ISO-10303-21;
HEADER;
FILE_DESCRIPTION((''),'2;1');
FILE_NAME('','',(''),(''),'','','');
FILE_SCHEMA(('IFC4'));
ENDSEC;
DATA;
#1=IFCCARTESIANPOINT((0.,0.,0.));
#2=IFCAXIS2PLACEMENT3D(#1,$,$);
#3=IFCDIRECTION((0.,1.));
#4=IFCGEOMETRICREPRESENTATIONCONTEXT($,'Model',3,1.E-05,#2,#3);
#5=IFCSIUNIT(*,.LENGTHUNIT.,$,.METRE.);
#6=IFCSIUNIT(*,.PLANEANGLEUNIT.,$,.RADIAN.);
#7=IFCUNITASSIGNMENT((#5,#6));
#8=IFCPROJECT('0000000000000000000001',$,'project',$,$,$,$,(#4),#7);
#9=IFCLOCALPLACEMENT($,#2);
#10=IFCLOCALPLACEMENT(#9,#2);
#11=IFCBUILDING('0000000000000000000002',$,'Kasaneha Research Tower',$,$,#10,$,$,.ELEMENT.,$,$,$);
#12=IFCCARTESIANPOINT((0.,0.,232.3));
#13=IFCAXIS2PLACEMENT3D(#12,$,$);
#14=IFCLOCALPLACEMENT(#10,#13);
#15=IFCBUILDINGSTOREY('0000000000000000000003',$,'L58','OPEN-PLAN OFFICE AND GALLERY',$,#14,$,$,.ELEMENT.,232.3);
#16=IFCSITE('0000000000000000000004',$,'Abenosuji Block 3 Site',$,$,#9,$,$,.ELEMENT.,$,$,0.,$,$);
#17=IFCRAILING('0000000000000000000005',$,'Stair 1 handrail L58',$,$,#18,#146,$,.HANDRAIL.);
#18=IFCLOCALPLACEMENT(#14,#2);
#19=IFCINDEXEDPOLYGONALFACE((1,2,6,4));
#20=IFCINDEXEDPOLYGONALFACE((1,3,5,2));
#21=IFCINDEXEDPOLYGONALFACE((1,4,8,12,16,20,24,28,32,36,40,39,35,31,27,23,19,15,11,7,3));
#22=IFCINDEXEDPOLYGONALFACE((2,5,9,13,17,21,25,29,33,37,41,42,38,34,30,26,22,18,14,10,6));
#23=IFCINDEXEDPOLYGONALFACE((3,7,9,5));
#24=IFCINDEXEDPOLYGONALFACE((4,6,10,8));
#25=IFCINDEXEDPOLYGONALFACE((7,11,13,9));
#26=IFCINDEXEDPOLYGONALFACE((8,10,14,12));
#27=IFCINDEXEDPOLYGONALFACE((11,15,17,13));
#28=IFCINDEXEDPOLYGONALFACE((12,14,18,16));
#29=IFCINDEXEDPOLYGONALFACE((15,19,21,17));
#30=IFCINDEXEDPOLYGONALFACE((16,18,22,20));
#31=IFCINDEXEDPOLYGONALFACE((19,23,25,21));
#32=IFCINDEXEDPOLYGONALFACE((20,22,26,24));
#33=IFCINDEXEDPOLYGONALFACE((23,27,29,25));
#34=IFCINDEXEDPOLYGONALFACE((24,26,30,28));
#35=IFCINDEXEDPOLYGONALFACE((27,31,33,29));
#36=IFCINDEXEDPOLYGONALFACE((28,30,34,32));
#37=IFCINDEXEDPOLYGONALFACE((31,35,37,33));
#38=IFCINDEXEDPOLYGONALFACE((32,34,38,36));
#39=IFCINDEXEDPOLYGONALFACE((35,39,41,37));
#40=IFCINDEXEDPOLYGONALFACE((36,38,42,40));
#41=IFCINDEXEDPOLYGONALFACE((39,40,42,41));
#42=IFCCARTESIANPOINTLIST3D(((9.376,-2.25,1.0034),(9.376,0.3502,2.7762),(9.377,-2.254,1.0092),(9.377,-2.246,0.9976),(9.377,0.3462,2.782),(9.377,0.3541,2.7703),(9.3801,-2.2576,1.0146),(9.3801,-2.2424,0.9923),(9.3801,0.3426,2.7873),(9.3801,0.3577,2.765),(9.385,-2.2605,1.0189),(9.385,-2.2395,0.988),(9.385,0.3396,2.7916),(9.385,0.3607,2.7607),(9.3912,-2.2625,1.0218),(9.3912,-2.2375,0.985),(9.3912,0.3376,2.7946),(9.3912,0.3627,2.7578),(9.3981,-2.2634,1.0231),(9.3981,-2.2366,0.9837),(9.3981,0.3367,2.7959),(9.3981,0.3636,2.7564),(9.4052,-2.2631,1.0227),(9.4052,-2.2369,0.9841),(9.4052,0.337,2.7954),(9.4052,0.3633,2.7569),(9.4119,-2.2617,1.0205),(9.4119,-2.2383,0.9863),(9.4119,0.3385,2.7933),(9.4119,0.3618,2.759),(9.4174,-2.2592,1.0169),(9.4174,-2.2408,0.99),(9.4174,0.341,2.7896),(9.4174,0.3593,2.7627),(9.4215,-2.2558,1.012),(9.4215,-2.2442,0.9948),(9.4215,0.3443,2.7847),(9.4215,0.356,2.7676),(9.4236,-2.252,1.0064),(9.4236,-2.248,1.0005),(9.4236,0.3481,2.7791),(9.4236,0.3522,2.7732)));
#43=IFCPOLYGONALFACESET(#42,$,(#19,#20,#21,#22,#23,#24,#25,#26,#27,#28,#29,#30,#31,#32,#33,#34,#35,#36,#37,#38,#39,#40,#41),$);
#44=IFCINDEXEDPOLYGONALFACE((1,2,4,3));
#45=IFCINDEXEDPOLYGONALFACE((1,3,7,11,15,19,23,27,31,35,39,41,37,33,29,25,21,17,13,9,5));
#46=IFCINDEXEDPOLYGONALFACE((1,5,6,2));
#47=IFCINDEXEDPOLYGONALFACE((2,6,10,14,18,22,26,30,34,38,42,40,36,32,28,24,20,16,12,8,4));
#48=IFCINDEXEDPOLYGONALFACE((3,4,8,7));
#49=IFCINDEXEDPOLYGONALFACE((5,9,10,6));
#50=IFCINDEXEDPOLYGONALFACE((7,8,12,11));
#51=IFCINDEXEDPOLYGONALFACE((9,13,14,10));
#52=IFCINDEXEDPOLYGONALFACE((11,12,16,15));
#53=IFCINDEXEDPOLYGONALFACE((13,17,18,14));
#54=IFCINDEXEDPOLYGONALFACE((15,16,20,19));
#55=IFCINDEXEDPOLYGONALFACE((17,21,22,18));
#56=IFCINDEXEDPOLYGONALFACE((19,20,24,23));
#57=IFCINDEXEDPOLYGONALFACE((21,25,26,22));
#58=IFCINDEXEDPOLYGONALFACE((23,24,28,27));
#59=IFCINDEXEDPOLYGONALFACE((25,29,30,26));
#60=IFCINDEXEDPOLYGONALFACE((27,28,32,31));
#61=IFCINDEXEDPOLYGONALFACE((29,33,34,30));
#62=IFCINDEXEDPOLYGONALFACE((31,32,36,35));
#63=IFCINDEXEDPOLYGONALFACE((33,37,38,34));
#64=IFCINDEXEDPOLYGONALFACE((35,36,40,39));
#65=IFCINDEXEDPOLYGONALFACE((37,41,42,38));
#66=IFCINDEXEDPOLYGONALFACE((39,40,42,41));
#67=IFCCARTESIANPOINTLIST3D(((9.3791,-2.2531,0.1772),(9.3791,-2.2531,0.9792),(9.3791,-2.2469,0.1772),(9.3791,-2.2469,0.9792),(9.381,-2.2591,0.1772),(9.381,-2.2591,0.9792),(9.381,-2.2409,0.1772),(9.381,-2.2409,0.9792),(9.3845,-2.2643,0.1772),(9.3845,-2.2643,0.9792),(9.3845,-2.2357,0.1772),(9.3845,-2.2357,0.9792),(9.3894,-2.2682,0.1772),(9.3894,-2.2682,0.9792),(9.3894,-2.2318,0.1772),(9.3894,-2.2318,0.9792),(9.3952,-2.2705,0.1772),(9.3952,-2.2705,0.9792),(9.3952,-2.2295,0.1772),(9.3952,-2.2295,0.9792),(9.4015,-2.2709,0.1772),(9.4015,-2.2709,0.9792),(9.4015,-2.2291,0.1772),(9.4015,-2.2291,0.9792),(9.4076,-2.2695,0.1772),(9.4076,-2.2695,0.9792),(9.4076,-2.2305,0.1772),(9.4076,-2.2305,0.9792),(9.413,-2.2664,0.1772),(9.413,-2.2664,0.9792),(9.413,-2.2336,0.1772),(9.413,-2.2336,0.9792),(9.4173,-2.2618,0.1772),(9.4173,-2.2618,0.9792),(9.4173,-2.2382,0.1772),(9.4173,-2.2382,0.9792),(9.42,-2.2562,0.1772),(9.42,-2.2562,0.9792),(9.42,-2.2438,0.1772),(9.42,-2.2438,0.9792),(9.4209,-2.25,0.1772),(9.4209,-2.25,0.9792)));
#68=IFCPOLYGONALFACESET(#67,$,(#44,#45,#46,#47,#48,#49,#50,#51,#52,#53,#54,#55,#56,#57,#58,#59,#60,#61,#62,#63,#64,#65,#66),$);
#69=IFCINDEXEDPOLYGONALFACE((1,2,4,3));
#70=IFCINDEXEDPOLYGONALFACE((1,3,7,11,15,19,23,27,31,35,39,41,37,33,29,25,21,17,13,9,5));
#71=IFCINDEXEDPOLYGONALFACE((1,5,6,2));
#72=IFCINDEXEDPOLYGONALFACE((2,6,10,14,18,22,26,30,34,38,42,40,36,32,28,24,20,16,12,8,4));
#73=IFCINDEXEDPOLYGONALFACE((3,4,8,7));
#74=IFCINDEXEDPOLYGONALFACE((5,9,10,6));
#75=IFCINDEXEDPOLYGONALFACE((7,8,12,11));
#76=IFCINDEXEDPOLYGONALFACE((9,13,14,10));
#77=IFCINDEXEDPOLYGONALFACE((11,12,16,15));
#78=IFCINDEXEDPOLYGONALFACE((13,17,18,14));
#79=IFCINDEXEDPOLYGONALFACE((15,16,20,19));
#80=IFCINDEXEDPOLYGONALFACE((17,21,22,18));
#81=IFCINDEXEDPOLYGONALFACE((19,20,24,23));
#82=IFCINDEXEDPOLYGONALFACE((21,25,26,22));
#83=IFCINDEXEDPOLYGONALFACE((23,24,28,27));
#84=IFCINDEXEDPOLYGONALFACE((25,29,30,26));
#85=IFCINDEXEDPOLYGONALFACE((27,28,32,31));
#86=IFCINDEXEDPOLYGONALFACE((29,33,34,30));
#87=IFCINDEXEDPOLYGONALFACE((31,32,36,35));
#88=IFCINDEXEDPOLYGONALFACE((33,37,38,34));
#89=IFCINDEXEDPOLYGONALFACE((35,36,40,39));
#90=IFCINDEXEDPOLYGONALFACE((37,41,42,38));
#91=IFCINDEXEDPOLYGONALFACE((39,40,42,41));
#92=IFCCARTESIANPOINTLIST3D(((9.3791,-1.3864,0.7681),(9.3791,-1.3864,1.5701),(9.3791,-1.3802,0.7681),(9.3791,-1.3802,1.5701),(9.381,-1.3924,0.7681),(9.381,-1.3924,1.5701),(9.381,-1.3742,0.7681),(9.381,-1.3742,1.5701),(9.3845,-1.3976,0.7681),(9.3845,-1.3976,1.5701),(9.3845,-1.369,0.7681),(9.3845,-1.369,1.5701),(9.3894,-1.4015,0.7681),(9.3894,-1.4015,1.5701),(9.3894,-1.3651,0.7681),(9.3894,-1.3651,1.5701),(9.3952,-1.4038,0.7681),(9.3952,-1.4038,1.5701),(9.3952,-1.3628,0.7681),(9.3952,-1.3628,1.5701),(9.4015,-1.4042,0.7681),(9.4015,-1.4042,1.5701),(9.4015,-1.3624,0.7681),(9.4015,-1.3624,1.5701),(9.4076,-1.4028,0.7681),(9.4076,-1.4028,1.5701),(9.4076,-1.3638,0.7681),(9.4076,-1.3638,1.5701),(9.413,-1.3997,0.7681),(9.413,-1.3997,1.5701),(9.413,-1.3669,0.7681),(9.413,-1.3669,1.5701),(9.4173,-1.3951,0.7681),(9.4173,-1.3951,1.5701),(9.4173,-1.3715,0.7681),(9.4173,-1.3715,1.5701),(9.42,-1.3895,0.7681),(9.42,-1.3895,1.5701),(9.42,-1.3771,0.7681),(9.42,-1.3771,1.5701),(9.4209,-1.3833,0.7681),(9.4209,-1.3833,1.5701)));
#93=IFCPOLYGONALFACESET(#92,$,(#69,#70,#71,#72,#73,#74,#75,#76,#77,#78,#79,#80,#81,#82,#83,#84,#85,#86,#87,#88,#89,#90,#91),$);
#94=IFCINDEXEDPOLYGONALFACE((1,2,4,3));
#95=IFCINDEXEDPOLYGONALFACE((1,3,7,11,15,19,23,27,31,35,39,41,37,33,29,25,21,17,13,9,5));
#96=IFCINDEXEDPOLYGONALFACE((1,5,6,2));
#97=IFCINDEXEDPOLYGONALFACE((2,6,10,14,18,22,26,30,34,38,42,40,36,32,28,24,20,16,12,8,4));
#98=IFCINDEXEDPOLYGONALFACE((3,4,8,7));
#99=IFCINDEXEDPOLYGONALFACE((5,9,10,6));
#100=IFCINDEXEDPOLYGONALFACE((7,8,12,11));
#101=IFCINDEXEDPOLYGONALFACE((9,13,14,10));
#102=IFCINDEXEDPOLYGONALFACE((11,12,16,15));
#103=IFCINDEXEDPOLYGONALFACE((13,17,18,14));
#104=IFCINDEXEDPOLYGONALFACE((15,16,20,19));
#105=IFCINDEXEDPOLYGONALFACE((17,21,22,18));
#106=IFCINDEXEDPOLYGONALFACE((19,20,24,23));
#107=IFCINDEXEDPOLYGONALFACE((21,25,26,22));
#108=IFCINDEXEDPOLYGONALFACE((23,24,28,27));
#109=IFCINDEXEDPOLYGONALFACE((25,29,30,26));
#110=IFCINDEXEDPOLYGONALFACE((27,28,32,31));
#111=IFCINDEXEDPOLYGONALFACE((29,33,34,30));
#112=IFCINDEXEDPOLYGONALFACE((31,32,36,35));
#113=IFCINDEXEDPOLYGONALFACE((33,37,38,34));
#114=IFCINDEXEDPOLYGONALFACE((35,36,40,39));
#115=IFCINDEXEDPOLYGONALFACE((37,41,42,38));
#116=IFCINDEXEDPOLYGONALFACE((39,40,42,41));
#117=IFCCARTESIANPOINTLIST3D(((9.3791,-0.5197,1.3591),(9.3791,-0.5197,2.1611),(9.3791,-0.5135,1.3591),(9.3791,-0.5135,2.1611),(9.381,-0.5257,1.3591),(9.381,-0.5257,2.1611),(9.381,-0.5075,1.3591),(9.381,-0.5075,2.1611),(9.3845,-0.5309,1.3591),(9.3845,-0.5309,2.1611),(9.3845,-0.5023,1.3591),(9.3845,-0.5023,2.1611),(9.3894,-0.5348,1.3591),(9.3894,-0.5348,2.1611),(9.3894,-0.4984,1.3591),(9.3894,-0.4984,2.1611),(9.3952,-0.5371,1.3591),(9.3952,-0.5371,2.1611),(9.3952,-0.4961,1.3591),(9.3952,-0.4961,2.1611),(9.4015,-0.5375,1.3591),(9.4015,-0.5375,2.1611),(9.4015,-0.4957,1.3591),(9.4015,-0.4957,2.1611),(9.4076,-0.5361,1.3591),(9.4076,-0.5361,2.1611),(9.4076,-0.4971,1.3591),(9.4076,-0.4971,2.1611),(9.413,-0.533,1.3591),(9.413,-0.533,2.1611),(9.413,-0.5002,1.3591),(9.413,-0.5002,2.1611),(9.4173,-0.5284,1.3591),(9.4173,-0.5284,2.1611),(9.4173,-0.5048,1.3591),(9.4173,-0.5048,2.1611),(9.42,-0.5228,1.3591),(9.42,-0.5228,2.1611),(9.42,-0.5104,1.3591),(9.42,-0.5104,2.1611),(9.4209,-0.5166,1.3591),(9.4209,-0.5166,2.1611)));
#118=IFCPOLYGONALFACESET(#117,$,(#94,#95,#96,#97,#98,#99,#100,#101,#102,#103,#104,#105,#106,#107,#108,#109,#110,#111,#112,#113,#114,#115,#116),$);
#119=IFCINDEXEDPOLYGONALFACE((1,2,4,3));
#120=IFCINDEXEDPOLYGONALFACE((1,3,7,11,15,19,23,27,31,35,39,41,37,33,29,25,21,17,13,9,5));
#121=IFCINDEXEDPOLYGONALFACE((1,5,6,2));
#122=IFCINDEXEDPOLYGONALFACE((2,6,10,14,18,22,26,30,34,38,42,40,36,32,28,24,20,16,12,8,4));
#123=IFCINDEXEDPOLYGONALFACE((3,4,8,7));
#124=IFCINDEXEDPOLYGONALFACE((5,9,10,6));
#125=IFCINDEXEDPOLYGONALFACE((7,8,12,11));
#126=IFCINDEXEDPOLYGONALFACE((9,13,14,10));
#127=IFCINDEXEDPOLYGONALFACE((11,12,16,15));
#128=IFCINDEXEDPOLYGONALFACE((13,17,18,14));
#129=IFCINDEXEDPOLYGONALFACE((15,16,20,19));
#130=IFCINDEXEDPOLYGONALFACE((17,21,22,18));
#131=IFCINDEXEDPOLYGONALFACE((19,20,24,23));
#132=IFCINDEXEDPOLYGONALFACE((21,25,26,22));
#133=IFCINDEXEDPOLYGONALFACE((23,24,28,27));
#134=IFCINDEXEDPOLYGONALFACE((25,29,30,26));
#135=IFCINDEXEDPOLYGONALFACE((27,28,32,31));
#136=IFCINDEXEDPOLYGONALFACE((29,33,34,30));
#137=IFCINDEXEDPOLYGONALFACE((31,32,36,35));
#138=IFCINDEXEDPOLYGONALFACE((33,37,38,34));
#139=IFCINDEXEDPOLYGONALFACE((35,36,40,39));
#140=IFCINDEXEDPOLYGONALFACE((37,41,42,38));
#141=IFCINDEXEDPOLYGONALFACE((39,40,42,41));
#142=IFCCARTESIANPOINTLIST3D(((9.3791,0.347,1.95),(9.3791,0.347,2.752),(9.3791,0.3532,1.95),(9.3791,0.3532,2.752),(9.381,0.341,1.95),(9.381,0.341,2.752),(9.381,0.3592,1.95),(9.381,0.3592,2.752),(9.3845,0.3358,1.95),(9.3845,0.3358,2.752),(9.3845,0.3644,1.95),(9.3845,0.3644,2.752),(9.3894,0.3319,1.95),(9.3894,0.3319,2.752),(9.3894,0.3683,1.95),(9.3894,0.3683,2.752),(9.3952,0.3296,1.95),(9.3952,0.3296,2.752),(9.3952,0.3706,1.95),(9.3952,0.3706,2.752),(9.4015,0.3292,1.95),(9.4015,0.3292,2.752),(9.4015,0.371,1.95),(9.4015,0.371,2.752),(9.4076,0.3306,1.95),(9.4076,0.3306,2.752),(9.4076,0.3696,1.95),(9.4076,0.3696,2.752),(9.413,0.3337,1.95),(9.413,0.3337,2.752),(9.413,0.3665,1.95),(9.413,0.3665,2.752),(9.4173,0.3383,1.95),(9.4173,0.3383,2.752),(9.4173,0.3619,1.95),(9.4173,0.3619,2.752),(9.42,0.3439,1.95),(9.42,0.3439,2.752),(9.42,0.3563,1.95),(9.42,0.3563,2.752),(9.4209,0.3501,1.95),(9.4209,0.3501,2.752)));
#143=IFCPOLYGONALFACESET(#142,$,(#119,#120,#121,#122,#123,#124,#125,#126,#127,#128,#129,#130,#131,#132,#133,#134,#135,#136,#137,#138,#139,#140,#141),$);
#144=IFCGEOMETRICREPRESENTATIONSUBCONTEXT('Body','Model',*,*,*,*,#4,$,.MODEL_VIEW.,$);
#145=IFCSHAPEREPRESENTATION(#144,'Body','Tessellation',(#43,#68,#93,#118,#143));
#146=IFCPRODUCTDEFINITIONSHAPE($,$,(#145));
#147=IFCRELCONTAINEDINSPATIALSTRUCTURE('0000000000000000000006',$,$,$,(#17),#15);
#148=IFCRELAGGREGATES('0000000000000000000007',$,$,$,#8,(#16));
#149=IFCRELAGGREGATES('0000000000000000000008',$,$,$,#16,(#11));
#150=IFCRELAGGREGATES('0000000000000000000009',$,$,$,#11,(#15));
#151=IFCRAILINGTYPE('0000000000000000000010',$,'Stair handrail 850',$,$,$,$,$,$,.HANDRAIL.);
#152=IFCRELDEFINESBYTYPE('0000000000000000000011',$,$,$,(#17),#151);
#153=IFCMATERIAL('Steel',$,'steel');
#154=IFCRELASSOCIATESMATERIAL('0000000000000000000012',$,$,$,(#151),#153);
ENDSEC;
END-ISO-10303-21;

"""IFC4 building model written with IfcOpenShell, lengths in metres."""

from ifc_helpers import new_model, si_unit, direction, frame, origin, origin_2d, place, context, subcontext, project, spatial, circle, extrude, material, type_object, element, save


model = new_model("IFC4")

# Units and contexts
model_context = context("Model", 3, precision=1e-05, world=origin(), true_north=direction((0.0, 1.0)))
body_context = subcontext(model_context, "Body", "Model", "MODEL_VIEW")
ifc_project = project(units=[si_unit("LENGTHUNIT", "METRE"), si_unit("PLANEANGLEUNIT", "RADIAN")], contexts=[model_context])

# Site, building, storey
site_placement = place(None, origin())
site = spatial("IfcSite", under=ifc_project, at=site_placement, Name="Abenosuji Block 3 Site", CompositionType="ELEMENT", RefElevation=0.0)
building_placement = place(site_placement, origin())
building = spatial("IfcBuilding", under=site, at=building_placement, Name="Kasaneha Research Tower", CompositionType="ELEMENT")
storey_placement = place(building_placement, frame((0.0, 0.0, 232.3)))
storey = spatial("IfcBuildingStorey", under=building, at=storey_placement, Name="L58", Description="OPEN-PLAN OFFICE AND GALLERY", CompositionType="ELEMENT", Elevation=232.3)

# Railing
ifc_material_1 = material(Name="Steel", Category="steel")
railing_type_1 = type_object("IfcRailingType", Name="Stair handrail 850", PredefinedType="HANDRAIL", material=ifc_material_1)
railing_1_placement = place(storey_placement, frame((9.3999, -2.25, 0.1772)))
element("IfcRailing", 1, at=railing_1_placement, inside=storey, type_object=railing_type_1, Name="Stair 1 handrail L58", PredefinedType="HANDRAIL", context=body_context, shape_type="SweptSolid", body=[
    extrude(circle(Radius=0.0239, at=origin_2d()), frame((0.0, 0.0, 0.8262), z_axis=(0.0, 0.82624, 0.563318), x_axis=(-1.0, 0.0, 0.0)), (0.0, 0.0, 1.0), 3.147),
    extrude(circle(Radius=0.021, at=origin_2d()), origin(), (0.0, 0.0, 1.0), 0.802),
    extrude(circle(Radius=0.021, at=origin_2d()), frame((0.0, 0.8667, 0.5908)), (0.0, 0.0, 1.0), 0.802),
    extrude(circle(Radius=0.021, at=origin_2d()), frame((0.0, 1.7334, 1.1819)), (0.0, 0.0, 1.0), 0.802),
    extrude(circle(Radius=0.021, at=origin_2d()), frame((0.0, 2.6001, 1.7727)), (0.0, 0.0, 1.0), 0.802),
])

save(model, "model.ifc")
